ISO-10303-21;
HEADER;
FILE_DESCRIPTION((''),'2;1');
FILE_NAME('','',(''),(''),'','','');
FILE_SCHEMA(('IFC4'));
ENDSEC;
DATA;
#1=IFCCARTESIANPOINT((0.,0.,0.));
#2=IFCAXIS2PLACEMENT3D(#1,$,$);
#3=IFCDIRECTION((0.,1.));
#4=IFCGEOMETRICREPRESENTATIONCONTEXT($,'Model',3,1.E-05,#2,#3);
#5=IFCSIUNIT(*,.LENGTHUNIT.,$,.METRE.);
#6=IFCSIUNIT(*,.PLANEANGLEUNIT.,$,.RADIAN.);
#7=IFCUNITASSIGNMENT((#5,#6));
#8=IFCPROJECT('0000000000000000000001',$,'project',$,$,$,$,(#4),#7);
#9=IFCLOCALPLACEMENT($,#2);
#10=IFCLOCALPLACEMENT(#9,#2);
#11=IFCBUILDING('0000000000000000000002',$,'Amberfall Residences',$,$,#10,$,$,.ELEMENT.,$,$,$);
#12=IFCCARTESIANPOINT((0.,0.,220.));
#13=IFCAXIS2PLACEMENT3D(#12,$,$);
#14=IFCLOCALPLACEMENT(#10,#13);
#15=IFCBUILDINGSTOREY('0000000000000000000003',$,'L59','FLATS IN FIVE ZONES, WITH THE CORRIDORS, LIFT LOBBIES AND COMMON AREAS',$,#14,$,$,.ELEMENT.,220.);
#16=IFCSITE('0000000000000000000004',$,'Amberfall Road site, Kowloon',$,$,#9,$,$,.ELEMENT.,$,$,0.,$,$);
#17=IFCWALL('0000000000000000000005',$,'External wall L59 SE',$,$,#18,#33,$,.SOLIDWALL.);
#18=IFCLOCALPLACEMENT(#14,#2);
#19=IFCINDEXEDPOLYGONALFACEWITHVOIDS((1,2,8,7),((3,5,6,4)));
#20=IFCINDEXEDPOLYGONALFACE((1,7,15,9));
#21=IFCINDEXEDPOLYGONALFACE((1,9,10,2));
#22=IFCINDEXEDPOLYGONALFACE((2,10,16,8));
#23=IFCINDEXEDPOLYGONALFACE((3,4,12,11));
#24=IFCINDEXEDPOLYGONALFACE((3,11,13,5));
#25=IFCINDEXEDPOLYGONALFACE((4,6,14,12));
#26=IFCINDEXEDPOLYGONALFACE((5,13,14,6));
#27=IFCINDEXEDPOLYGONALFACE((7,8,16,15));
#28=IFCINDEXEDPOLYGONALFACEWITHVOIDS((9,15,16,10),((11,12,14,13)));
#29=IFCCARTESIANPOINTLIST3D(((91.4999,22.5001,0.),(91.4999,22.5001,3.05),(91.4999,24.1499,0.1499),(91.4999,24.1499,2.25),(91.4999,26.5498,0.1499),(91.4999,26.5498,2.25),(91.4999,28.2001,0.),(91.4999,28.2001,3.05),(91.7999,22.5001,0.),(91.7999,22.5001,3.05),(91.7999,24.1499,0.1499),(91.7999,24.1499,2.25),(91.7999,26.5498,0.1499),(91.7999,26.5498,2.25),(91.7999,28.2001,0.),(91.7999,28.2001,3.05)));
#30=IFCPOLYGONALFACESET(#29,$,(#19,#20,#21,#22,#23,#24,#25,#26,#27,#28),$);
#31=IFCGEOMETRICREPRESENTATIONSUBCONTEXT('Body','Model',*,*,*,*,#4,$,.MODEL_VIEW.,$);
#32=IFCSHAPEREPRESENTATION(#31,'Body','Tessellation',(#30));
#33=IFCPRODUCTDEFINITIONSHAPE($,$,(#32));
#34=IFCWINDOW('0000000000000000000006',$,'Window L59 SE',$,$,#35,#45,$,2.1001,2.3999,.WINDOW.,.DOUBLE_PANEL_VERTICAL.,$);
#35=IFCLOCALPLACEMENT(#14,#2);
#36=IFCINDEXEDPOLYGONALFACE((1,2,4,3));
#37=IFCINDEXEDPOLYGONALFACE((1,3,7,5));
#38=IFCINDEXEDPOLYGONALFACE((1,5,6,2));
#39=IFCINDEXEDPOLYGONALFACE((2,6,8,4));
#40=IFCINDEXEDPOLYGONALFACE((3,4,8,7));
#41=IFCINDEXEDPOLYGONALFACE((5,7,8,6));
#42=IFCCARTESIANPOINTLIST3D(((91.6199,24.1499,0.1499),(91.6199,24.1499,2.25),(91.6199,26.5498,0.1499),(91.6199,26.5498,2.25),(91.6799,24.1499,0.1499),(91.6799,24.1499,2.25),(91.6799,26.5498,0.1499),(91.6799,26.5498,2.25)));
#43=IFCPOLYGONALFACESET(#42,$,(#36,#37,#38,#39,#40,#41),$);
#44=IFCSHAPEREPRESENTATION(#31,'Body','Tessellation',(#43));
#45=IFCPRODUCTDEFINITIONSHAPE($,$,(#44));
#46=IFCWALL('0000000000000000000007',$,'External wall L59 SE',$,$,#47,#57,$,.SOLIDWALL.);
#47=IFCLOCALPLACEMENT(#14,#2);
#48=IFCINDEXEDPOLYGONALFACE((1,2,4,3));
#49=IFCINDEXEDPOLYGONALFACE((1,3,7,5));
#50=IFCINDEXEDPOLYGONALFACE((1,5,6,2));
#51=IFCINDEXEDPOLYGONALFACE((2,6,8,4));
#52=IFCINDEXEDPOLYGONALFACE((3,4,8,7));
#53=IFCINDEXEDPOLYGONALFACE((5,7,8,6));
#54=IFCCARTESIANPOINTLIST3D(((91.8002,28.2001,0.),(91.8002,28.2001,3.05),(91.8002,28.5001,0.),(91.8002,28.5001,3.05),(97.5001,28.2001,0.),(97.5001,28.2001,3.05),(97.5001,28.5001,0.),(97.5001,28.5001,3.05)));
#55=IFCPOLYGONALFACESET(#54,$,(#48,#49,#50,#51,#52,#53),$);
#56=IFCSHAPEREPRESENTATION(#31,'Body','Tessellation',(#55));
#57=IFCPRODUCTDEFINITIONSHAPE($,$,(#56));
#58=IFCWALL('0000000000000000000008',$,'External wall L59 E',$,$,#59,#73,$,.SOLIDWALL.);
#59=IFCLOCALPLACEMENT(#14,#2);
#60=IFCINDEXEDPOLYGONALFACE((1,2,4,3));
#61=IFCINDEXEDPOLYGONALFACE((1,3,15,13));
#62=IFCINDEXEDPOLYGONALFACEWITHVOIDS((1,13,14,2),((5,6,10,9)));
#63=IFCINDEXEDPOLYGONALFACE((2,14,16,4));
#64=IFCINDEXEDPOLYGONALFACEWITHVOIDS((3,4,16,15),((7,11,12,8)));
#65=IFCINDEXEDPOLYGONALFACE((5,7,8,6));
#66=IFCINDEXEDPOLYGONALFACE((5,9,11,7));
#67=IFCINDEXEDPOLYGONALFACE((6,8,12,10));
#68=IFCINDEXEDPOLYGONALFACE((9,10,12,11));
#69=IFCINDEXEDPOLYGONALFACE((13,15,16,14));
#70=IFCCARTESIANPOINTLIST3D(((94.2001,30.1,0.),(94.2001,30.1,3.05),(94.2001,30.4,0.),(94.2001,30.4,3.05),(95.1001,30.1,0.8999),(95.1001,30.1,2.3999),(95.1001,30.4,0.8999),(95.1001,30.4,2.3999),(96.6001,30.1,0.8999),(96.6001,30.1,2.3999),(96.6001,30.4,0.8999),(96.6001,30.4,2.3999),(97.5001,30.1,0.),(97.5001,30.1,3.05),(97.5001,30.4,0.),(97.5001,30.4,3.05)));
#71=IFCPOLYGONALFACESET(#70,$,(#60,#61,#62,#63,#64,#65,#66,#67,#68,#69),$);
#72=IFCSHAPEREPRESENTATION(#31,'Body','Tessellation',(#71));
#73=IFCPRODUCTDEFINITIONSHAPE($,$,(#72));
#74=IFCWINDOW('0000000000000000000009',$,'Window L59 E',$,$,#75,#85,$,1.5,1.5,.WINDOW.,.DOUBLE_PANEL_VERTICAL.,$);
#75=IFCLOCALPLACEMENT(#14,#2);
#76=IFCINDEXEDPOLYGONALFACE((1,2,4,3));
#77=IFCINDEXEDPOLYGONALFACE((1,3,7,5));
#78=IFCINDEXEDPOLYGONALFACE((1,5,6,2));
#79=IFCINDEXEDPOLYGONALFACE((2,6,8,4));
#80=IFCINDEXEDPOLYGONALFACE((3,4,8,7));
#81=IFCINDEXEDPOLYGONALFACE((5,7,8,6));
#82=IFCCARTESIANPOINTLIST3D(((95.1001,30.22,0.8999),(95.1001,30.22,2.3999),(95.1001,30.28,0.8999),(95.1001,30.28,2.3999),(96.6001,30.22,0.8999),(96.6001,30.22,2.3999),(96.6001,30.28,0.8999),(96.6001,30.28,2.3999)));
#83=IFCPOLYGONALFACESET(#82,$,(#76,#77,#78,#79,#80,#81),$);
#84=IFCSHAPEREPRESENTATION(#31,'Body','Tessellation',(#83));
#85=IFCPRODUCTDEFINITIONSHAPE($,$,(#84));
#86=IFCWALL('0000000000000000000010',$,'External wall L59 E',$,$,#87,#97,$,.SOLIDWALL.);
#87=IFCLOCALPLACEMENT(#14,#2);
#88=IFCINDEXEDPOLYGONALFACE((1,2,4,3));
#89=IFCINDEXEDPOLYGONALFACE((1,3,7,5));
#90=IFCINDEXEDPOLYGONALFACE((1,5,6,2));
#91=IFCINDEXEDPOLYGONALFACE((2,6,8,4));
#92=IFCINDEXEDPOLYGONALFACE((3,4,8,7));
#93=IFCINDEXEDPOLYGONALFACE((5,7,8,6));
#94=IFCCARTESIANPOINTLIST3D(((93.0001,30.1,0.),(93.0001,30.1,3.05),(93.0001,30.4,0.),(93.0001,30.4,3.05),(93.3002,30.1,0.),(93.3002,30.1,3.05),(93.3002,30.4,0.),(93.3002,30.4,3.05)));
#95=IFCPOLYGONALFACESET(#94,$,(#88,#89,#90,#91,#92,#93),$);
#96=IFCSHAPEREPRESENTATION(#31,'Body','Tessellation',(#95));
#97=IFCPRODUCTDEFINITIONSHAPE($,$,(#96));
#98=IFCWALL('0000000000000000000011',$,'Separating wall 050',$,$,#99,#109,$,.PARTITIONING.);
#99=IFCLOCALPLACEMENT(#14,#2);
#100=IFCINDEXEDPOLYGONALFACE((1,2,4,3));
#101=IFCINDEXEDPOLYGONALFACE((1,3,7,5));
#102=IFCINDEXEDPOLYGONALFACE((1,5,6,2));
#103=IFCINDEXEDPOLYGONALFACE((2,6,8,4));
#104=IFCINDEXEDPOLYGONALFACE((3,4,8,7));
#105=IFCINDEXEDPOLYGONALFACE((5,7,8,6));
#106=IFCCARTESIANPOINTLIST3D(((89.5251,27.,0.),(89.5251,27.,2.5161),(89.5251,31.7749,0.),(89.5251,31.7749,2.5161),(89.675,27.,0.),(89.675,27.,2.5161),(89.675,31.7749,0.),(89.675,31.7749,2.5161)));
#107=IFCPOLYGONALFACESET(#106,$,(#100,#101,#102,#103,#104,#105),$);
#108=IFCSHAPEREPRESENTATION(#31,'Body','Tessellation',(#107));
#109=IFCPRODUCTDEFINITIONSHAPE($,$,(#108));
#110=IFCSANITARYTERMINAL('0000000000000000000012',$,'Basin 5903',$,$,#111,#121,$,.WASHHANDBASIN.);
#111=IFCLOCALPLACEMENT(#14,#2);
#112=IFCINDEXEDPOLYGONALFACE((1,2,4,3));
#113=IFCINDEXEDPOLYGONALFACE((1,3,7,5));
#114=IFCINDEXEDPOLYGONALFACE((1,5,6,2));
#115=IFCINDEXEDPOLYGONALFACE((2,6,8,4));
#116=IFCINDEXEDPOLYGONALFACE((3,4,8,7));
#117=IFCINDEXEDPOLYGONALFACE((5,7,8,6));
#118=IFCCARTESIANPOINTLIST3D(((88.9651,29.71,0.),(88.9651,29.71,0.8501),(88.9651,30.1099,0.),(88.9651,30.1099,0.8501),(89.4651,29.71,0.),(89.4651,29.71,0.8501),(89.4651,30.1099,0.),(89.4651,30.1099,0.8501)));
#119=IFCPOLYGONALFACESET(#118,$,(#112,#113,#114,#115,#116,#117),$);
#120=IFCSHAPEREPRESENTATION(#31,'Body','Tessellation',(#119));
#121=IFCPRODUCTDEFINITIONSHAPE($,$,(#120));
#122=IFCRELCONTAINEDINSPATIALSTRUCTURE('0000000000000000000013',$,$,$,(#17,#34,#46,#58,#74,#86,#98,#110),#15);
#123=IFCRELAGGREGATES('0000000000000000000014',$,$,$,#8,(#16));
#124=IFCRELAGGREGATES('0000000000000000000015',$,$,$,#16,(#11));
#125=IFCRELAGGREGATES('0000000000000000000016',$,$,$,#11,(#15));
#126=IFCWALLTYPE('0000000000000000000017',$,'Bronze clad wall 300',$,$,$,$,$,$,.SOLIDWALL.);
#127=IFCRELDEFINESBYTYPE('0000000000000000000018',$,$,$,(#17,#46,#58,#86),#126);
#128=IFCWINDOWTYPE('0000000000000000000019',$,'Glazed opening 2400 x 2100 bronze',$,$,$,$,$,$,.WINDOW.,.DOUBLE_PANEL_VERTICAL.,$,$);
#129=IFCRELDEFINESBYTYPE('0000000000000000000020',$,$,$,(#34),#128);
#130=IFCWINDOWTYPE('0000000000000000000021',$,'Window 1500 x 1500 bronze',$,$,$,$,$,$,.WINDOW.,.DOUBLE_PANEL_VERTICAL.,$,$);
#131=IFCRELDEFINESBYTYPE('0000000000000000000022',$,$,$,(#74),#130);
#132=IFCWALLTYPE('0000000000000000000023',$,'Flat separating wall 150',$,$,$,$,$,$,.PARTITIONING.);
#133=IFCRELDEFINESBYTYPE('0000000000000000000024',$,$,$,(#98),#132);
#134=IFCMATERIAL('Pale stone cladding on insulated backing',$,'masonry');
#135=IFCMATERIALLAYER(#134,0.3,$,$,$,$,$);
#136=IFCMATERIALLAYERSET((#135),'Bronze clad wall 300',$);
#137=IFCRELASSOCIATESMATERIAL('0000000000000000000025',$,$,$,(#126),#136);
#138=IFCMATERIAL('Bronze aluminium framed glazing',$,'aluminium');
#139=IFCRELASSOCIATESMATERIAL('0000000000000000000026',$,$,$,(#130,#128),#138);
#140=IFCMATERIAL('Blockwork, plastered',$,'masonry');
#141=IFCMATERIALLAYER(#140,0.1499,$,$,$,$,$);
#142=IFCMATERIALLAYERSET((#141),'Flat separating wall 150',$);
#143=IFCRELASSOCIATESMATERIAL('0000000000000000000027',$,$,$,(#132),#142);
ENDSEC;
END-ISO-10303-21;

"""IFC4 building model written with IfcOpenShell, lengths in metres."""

from ifc_helpers import new_model, si_unit, direction, frame, frame_2d, origin, origin_2d, place, context, subcontext, project, spatial, rectangle, extrude, material, layer, layer_set, type_object, element, fill, save


model = new_model("IFC4")

# Units and contexts
model_context = context("Model", 3, precision=1e-05, world=origin(), true_north=direction((0.0, 1.0)))
body_context = subcontext(model_context, "Body", "Model", "MODEL_VIEW")
ifc_project = project(units=[si_unit("LENGTHUNIT", "METRE"), si_unit("PLANEANGLEUNIT", "RADIAN")], contexts=[model_context])

# Site, building, storey
site_placement = place(None, origin())
site = spatial("IfcSite", under=ifc_project, at=site_placement, Name="Amberfall Road site, Kowloon", CompositionType="ELEMENT", RefElevation=0.0)
building_placement = place(site_placement, origin())
building = spatial("IfcBuilding", under=site, at=building_placement, Name="Amberfall Residences", CompositionType="ELEMENT")
storey_placement = place(building_placement, frame((0.0, 0.0, 220.0)))
storey = spatial("IfcBuildingStorey", under=building, at=storey_placement, Name="L59", Description="FLATS IN FIVE ZONES, WITH THE CORRIDORS, LIFT LOBBIES AND COMMON AREAS", CompositionType="ELEMENT", Elevation=220.0)

# Shared definitions
ifc_material_1 = material(Name="Pale stone cladding on insulated backing", Category="masonry")
ifc_layer_1 = layer(ifc_material_1, 0.3)
ifc_layer_set_1 = layer_set([ifc_layer_1], Name="Bronze clad wall 300")
wall_type_1 = type_object("IfcWallType", Name="Bronze clad wall 300", PredefinedType="SOLIDWALL", material=ifc_layer_set_1)

# Wall, opening, window
ifc_material_2 = material(Name="Bronze aluminium framed glazing", Category="aluminium")
window_type_1 = type_object("IfcWindowType", Name="Window 1500 x 1500 bronze", PartitioningType="DOUBLE_PANEL_VERTICAL", PredefinedType="WINDOW", material=ifc_material_2)
wall_1_placement = place(storey_placement, frame((91.6499, 22.5, 0.0), z_axis=(0.0, 0.0, 1.0), x_axis=(0.0, 1.0, 0.0)))
wall_1 = element("IfcWall", 1, at=wall_1_placement, inside=storey, type_object=wall_type_1, Name="External wall L59 SE", PredefinedType="SOLIDWALL", context=body_context, shape_type="SweptSolid", body=[
    extrude(rectangle(XDim=5.7, YDim=0.3, at=frame_2d((2.8501, 0.0))), origin(), (0.0, 0.0, 1.0), 3.05),
])
opening_1_placement = place(wall_1_placement, frame((1.6499, 0.0, 0.1499)))
opening_1 = element("IfcOpeningElement", 2, at=opening_1_placement, cuts=wall_1, PredefinedType="OPENING", context=body_context, shape_type="SweptSolid", body=[
    extrude(rectangle(XDim=2.3999, YDim=2.1001, at=frame_2d((1.2, 1.05))), frame((0.0, 0.1599, 0.0), z_axis=(0.0, -1.0, 0.0), x_axis=(1.0, 0.0, 0.0)), (0.0, 0.0, 1.0), 0.3201),
])
window_type_2 = type_object("IfcWindowType", Name="Glazed opening 2400 x 2100 bronze", PartitioningType="DOUBLE_PANEL_VERTICAL", PredefinedType="WINDOW", material=ifc_material_2)
window_1_placement = place(opening_1_placement, origin())
window_1 = element("IfcWindow", 3, at=window_1_placement, inside=storey, type_object=window_type_2, Name="Window L59 SE", OverallHeight=2.1001, OverallWidth=2.3999, PartitioningType="DOUBLE_PANEL_VERTICAL", PredefinedType="WINDOW", context=body_context, shape_type="SweptSolid", body=[
    extrude(rectangle(XDim=2.3999, YDim=2.1001, at=frame_2d((1.2, 1.05))), frame((0.0, 0.03, 0.0), z_axis=(0.0, -1.0, 0.0), x_axis=(1.0, 0.0, 0.0)), (0.0, 0.0, 1.0), 0.0601),
])
fill(opening_1, window_1)

# Wall
wall_2_placement = place(storey_placement, frame((91.8, 28.3501, 0.0), z_axis=(0.0, 0.0, 1.0), x_axis=(1.0, 0.0, 0.0)))
element("IfcWall", 4, at=wall_2_placement, inside=storey, type_object=wall_type_1, Name="External wall L59 SE", PredefinedType="SOLIDWALL", context=body_context, shape_type="SweptSolid", body=[
    extrude(rectangle(XDim=5.7, YDim=0.3, at=frame_2d((2.8501, 0.0))), origin(), (0.0, 0.0, 1.0), 3.05),
])

# Wall, opening, window
wall_3_placement = place(storey_placement, frame((97.5, 30.25, 0.0), z_axis=(0.0, 0.0, 1.0), x_axis=(-1.0, 0.0, 0.0)))
wall_3 = element("IfcWall", 5, at=wall_3_placement, inside=storey, type_object=wall_type_1, Name="External wall L59 E", PredefinedType="SOLIDWALL", context=body_context, shape_type="SweptSolid", body=[
    extrude(rectangle(XDim=3.3, YDim=0.3, at=frame_2d((1.6499, 0.0))), origin(), (0.0, 0.0, 1.0), 3.05),
])
opening_2_placement = place(wall_3_placement, frame((0.8999, 0.0, 0.8999)))
opening_2 = element("IfcOpeningElement", 6, at=opening_2_placement, cuts=wall_3, PredefinedType="OPENING", context=body_context, shape_type="SweptSolid", body=[
    extrude(rectangle(XDim=1.5, YDim=1.5, at=frame_2d((0.75, 0.75))), frame((0.0, 0.1599, 0.0), z_axis=(0.0, -1.0, 0.0), x_axis=(1.0, 0.0, 0.0)), (0.0, 0.0, 1.0), 0.3201),
])
window_2_placement = place(opening_2_placement, origin())
window_2 = element("IfcWindow", 7, at=window_2_placement, inside=storey, type_object=window_type_1, Name="Window L59 E", OverallHeight=1.5, OverallWidth=1.5, PartitioningType="DOUBLE_PANEL_VERTICAL", PredefinedType="WINDOW", context=body_context, shape_type="SweptSolid", body=[
    extrude(rectangle(XDim=1.5, YDim=1.5, at=frame_2d((0.75, 0.75))), frame((0.0, 0.03, 0.0), z_axis=(0.0, -1.0, 0.0), x_axis=(1.0, 0.0, 0.0)), (0.0, 0.0, 1.0), 0.0601),
])
fill(opening_2, window_2)

# Walls
wall_4_placement = place(storey_placement, frame((93.3, 30.25, 0.0), z_axis=(0.0, 0.0, 1.0), x_axis=(-1.0, 0.0, 0.0)))
element("IfcWall", 8, at=wall_4_placement, inside=storey, type_object=wall_type_1, Name="External wall L59 E", PredefinedType="SOLIDWALL", context=body_context, shape_type="SweptSolid", body=[
    extrude(rectangle(XDim=0.3, YDim=0.3, at=frame_2d((0.1499, 0.0))), origin(), (0.0, 0.0, 1.0), 3.05),
])
ifc_material_3 = material(Name="Blockwork, plastered", Category="masonry")
ifc_layer_2 = layer(ifc_material_3, 0.1499)
ifc_layer_set_2 = layer_set([ifc_layer_2], Name="Flat separating wall 150")
wall_type_2 = type_object("IfcWallType", Name="Flat separating wall 150", PredefinedType="PARTITIONING", material=ifc_layer_set_2)
wall_5_placement = place(storey_placement, frame((89.6001, 27.0, 0.0), z_axis=(0.0, 0.0, 1.0), x_axis=(0.0, 1.0, 0.0)))
element("IfcWall", 9, at=wall_5_placement, inside=storey, type_object=wall_type_2, Name="Separating wall 050", PredefinedType="PARTITIONING", context=body_context, shape_type="SweptSolid", body=[
    extrude(rectangle(XDim=4.7749, YDim=0.1499, at=frame_2d((2.3875, 0.0))), origin(), (0.0, 0.0, 1.0), 2.5161),
])

# Sanitary terminal
sanitary_terminal_placement = place(storey_placement, frame((89.2151, 29.9099, 0.0), z_axis=(0.0, 0.0, 1.0), x_axis=(1.0, 0.0, 0.0)))
element("IfcSanitaryTerminal", 10, at=sanitary_terminal_placement, inside=storey, Name="Basin 5903", PredefinedType="WASHHANDBASIN", context=body_context, shape_type="SweptSolid", body=[
    extrude(rectangle(XDim=0.5, YDim=0.3999, at=origin_2d()), origin(), (0.0, 0.0, 1.0), 0.8501),
])

save(model, "model.ifc")
